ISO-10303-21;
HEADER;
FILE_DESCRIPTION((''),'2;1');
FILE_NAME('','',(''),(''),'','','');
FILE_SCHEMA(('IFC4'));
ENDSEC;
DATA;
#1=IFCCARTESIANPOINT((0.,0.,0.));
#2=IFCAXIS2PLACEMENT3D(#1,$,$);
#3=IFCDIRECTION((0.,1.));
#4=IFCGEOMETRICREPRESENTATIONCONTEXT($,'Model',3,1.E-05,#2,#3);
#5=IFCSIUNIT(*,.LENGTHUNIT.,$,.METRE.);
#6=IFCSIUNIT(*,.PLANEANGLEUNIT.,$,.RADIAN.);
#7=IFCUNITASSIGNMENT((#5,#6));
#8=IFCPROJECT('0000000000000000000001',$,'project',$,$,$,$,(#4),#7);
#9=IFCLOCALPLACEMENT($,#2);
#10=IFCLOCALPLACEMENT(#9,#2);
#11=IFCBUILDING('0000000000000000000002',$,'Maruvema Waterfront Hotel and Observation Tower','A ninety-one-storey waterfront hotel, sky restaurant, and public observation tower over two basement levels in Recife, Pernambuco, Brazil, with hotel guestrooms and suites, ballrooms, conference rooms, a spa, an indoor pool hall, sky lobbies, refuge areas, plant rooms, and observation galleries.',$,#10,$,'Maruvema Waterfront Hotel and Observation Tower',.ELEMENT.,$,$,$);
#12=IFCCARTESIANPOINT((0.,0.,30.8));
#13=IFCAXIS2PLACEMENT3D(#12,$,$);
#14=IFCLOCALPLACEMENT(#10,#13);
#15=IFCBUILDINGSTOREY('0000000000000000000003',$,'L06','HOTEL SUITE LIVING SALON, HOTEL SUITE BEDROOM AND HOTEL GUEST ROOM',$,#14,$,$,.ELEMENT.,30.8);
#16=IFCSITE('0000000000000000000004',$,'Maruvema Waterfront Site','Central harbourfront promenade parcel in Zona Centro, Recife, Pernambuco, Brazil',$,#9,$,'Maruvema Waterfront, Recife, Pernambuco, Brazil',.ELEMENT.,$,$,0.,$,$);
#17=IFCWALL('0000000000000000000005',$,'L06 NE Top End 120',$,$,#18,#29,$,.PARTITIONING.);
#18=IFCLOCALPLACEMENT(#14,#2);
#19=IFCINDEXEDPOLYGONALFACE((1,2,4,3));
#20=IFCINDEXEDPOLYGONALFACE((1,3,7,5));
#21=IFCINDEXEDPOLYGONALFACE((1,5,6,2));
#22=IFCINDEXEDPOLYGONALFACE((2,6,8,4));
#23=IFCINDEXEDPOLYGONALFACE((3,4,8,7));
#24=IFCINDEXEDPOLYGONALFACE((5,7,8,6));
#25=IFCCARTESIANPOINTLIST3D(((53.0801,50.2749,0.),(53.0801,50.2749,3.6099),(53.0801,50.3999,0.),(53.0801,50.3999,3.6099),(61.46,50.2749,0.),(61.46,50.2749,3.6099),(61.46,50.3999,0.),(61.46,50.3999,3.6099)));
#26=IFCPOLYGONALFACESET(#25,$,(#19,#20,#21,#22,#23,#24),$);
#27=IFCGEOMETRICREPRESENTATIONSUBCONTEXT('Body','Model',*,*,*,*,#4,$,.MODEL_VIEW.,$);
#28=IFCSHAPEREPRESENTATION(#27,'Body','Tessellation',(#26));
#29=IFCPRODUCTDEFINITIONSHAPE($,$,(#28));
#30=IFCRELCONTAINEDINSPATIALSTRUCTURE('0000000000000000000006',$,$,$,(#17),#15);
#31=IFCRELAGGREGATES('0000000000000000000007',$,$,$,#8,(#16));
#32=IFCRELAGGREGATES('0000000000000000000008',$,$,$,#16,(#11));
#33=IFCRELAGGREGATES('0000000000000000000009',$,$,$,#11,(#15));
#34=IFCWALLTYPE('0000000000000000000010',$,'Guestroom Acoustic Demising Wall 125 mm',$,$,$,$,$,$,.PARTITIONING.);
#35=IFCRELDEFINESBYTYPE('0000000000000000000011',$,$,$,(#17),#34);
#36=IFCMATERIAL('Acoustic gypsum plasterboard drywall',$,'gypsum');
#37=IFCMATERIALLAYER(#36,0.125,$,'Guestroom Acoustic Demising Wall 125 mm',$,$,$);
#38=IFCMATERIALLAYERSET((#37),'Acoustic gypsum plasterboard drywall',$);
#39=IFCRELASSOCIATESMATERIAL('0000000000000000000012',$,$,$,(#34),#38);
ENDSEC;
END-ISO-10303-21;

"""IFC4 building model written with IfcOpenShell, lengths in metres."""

from ifc_helpers import new_model, si_unit, direction, frame, frame_2d, origin, place, context, subcontext, project, spatial, rectangle, extrude, material, layer, layer_set, type_object, element, save


model = new_model("IFC4")

# Units and contexts
model_context = context("Model", 3, precision=1e-05, world=origin(), true_north=direction((0.0, 1.0)))
body_context = subcontext(model_context, "Body", "Model", "MODEL_VIEW")
ifc_project = project(units=[si_unit("LENGTHUNIT", "METRE"), si_unit("PLANEANGLEUNIT", "RADIAN")], contexts=[model_context])

# Site, building, storey
site_placement = place(None, origin())
site = spatial("IfcSite", under=ifc_project, at=site_placement, Name="Maruvema Waterfront Site", Description="Central harbourfront promenade parcel in Zona Centro, Recife, Pernambuco, Brazil", LongName="Maruvema Waterfront, Recife, Pernambuco, Brazil", CompositionType="ELEMENT", RefElevation=0.0)
building_placement = place(site_placement, origin())
building = spatial("IfcBuilding", under=site, at=building_placement, Name="Maruvema Waterfront Hotel and Observation Tower", Description="A ninety-one-storey waterfront hotel, sky restaurant, and public observation tower over two basement levels in Recife, Pernambuco, Brazil, with hotel guestrooms and suites, ballrooms, conference rooms, a spa, an indoor pool hall, sky lobbies, refuge areas, plant rooms, and observation galleries.", LongName="Maruvema Waterfront Hotel and Observation Tower", CompositionType="ELEMENT")
storey_placement = place(building_placement, frame((0.0, 0.0, 30.8)))
storey = spatial("IfcBuildingStorey", under=building, at=storey_placement, Name="L06", Description="HOTEL SUITE LIVING SALON, HOTEL SUITE BEDROOM AND HOTEL GUEST ROOM", CompositionType="ELEMENT", Elevation=30.8)

# Wall
ifc_material_1 = material(Name="Acoustic gypsum plasterboard drywall", Category="gypsum")
ifc_layer_1 = layer(ifc_material_1, 0.125, Name="Guestroom Acoustic Demising Wall 125 mm")
ifc_layer_set_1 = layer_set([ifc_layer_1], Name="Acoustic gypsum plasterboard drywall")
wall_type_1 = type_object("IfcWallType", Name="Guestroom Acoustic Demising Wall 125 mm", PredefinedType="PARTITIONING", material=ifc_layer_set_1)
wall_1_placement = place(storey_placement, frame((53.0801, 50.3374, 0.0), z_axis=(0.0, 0.0, 1.0), x_axis=(1.0, 0.0, 0.0)))
element("IfcWall", 1, at=wall_1_placement, inside=storey, type_object=wall_type_1, Name="L06 NE Top End 120", PredefinedType="PARTITIONING", context=body_context, shape_type="SweptSolid", body=[
    extrude(rectangle(XDim=8.3799, YDim=0.125, at=frame_2d((4.1899, 0.0))), origin(), (0.0, 0.0, 1.0), 3.6099),
])

save(model, "model.ifc")
